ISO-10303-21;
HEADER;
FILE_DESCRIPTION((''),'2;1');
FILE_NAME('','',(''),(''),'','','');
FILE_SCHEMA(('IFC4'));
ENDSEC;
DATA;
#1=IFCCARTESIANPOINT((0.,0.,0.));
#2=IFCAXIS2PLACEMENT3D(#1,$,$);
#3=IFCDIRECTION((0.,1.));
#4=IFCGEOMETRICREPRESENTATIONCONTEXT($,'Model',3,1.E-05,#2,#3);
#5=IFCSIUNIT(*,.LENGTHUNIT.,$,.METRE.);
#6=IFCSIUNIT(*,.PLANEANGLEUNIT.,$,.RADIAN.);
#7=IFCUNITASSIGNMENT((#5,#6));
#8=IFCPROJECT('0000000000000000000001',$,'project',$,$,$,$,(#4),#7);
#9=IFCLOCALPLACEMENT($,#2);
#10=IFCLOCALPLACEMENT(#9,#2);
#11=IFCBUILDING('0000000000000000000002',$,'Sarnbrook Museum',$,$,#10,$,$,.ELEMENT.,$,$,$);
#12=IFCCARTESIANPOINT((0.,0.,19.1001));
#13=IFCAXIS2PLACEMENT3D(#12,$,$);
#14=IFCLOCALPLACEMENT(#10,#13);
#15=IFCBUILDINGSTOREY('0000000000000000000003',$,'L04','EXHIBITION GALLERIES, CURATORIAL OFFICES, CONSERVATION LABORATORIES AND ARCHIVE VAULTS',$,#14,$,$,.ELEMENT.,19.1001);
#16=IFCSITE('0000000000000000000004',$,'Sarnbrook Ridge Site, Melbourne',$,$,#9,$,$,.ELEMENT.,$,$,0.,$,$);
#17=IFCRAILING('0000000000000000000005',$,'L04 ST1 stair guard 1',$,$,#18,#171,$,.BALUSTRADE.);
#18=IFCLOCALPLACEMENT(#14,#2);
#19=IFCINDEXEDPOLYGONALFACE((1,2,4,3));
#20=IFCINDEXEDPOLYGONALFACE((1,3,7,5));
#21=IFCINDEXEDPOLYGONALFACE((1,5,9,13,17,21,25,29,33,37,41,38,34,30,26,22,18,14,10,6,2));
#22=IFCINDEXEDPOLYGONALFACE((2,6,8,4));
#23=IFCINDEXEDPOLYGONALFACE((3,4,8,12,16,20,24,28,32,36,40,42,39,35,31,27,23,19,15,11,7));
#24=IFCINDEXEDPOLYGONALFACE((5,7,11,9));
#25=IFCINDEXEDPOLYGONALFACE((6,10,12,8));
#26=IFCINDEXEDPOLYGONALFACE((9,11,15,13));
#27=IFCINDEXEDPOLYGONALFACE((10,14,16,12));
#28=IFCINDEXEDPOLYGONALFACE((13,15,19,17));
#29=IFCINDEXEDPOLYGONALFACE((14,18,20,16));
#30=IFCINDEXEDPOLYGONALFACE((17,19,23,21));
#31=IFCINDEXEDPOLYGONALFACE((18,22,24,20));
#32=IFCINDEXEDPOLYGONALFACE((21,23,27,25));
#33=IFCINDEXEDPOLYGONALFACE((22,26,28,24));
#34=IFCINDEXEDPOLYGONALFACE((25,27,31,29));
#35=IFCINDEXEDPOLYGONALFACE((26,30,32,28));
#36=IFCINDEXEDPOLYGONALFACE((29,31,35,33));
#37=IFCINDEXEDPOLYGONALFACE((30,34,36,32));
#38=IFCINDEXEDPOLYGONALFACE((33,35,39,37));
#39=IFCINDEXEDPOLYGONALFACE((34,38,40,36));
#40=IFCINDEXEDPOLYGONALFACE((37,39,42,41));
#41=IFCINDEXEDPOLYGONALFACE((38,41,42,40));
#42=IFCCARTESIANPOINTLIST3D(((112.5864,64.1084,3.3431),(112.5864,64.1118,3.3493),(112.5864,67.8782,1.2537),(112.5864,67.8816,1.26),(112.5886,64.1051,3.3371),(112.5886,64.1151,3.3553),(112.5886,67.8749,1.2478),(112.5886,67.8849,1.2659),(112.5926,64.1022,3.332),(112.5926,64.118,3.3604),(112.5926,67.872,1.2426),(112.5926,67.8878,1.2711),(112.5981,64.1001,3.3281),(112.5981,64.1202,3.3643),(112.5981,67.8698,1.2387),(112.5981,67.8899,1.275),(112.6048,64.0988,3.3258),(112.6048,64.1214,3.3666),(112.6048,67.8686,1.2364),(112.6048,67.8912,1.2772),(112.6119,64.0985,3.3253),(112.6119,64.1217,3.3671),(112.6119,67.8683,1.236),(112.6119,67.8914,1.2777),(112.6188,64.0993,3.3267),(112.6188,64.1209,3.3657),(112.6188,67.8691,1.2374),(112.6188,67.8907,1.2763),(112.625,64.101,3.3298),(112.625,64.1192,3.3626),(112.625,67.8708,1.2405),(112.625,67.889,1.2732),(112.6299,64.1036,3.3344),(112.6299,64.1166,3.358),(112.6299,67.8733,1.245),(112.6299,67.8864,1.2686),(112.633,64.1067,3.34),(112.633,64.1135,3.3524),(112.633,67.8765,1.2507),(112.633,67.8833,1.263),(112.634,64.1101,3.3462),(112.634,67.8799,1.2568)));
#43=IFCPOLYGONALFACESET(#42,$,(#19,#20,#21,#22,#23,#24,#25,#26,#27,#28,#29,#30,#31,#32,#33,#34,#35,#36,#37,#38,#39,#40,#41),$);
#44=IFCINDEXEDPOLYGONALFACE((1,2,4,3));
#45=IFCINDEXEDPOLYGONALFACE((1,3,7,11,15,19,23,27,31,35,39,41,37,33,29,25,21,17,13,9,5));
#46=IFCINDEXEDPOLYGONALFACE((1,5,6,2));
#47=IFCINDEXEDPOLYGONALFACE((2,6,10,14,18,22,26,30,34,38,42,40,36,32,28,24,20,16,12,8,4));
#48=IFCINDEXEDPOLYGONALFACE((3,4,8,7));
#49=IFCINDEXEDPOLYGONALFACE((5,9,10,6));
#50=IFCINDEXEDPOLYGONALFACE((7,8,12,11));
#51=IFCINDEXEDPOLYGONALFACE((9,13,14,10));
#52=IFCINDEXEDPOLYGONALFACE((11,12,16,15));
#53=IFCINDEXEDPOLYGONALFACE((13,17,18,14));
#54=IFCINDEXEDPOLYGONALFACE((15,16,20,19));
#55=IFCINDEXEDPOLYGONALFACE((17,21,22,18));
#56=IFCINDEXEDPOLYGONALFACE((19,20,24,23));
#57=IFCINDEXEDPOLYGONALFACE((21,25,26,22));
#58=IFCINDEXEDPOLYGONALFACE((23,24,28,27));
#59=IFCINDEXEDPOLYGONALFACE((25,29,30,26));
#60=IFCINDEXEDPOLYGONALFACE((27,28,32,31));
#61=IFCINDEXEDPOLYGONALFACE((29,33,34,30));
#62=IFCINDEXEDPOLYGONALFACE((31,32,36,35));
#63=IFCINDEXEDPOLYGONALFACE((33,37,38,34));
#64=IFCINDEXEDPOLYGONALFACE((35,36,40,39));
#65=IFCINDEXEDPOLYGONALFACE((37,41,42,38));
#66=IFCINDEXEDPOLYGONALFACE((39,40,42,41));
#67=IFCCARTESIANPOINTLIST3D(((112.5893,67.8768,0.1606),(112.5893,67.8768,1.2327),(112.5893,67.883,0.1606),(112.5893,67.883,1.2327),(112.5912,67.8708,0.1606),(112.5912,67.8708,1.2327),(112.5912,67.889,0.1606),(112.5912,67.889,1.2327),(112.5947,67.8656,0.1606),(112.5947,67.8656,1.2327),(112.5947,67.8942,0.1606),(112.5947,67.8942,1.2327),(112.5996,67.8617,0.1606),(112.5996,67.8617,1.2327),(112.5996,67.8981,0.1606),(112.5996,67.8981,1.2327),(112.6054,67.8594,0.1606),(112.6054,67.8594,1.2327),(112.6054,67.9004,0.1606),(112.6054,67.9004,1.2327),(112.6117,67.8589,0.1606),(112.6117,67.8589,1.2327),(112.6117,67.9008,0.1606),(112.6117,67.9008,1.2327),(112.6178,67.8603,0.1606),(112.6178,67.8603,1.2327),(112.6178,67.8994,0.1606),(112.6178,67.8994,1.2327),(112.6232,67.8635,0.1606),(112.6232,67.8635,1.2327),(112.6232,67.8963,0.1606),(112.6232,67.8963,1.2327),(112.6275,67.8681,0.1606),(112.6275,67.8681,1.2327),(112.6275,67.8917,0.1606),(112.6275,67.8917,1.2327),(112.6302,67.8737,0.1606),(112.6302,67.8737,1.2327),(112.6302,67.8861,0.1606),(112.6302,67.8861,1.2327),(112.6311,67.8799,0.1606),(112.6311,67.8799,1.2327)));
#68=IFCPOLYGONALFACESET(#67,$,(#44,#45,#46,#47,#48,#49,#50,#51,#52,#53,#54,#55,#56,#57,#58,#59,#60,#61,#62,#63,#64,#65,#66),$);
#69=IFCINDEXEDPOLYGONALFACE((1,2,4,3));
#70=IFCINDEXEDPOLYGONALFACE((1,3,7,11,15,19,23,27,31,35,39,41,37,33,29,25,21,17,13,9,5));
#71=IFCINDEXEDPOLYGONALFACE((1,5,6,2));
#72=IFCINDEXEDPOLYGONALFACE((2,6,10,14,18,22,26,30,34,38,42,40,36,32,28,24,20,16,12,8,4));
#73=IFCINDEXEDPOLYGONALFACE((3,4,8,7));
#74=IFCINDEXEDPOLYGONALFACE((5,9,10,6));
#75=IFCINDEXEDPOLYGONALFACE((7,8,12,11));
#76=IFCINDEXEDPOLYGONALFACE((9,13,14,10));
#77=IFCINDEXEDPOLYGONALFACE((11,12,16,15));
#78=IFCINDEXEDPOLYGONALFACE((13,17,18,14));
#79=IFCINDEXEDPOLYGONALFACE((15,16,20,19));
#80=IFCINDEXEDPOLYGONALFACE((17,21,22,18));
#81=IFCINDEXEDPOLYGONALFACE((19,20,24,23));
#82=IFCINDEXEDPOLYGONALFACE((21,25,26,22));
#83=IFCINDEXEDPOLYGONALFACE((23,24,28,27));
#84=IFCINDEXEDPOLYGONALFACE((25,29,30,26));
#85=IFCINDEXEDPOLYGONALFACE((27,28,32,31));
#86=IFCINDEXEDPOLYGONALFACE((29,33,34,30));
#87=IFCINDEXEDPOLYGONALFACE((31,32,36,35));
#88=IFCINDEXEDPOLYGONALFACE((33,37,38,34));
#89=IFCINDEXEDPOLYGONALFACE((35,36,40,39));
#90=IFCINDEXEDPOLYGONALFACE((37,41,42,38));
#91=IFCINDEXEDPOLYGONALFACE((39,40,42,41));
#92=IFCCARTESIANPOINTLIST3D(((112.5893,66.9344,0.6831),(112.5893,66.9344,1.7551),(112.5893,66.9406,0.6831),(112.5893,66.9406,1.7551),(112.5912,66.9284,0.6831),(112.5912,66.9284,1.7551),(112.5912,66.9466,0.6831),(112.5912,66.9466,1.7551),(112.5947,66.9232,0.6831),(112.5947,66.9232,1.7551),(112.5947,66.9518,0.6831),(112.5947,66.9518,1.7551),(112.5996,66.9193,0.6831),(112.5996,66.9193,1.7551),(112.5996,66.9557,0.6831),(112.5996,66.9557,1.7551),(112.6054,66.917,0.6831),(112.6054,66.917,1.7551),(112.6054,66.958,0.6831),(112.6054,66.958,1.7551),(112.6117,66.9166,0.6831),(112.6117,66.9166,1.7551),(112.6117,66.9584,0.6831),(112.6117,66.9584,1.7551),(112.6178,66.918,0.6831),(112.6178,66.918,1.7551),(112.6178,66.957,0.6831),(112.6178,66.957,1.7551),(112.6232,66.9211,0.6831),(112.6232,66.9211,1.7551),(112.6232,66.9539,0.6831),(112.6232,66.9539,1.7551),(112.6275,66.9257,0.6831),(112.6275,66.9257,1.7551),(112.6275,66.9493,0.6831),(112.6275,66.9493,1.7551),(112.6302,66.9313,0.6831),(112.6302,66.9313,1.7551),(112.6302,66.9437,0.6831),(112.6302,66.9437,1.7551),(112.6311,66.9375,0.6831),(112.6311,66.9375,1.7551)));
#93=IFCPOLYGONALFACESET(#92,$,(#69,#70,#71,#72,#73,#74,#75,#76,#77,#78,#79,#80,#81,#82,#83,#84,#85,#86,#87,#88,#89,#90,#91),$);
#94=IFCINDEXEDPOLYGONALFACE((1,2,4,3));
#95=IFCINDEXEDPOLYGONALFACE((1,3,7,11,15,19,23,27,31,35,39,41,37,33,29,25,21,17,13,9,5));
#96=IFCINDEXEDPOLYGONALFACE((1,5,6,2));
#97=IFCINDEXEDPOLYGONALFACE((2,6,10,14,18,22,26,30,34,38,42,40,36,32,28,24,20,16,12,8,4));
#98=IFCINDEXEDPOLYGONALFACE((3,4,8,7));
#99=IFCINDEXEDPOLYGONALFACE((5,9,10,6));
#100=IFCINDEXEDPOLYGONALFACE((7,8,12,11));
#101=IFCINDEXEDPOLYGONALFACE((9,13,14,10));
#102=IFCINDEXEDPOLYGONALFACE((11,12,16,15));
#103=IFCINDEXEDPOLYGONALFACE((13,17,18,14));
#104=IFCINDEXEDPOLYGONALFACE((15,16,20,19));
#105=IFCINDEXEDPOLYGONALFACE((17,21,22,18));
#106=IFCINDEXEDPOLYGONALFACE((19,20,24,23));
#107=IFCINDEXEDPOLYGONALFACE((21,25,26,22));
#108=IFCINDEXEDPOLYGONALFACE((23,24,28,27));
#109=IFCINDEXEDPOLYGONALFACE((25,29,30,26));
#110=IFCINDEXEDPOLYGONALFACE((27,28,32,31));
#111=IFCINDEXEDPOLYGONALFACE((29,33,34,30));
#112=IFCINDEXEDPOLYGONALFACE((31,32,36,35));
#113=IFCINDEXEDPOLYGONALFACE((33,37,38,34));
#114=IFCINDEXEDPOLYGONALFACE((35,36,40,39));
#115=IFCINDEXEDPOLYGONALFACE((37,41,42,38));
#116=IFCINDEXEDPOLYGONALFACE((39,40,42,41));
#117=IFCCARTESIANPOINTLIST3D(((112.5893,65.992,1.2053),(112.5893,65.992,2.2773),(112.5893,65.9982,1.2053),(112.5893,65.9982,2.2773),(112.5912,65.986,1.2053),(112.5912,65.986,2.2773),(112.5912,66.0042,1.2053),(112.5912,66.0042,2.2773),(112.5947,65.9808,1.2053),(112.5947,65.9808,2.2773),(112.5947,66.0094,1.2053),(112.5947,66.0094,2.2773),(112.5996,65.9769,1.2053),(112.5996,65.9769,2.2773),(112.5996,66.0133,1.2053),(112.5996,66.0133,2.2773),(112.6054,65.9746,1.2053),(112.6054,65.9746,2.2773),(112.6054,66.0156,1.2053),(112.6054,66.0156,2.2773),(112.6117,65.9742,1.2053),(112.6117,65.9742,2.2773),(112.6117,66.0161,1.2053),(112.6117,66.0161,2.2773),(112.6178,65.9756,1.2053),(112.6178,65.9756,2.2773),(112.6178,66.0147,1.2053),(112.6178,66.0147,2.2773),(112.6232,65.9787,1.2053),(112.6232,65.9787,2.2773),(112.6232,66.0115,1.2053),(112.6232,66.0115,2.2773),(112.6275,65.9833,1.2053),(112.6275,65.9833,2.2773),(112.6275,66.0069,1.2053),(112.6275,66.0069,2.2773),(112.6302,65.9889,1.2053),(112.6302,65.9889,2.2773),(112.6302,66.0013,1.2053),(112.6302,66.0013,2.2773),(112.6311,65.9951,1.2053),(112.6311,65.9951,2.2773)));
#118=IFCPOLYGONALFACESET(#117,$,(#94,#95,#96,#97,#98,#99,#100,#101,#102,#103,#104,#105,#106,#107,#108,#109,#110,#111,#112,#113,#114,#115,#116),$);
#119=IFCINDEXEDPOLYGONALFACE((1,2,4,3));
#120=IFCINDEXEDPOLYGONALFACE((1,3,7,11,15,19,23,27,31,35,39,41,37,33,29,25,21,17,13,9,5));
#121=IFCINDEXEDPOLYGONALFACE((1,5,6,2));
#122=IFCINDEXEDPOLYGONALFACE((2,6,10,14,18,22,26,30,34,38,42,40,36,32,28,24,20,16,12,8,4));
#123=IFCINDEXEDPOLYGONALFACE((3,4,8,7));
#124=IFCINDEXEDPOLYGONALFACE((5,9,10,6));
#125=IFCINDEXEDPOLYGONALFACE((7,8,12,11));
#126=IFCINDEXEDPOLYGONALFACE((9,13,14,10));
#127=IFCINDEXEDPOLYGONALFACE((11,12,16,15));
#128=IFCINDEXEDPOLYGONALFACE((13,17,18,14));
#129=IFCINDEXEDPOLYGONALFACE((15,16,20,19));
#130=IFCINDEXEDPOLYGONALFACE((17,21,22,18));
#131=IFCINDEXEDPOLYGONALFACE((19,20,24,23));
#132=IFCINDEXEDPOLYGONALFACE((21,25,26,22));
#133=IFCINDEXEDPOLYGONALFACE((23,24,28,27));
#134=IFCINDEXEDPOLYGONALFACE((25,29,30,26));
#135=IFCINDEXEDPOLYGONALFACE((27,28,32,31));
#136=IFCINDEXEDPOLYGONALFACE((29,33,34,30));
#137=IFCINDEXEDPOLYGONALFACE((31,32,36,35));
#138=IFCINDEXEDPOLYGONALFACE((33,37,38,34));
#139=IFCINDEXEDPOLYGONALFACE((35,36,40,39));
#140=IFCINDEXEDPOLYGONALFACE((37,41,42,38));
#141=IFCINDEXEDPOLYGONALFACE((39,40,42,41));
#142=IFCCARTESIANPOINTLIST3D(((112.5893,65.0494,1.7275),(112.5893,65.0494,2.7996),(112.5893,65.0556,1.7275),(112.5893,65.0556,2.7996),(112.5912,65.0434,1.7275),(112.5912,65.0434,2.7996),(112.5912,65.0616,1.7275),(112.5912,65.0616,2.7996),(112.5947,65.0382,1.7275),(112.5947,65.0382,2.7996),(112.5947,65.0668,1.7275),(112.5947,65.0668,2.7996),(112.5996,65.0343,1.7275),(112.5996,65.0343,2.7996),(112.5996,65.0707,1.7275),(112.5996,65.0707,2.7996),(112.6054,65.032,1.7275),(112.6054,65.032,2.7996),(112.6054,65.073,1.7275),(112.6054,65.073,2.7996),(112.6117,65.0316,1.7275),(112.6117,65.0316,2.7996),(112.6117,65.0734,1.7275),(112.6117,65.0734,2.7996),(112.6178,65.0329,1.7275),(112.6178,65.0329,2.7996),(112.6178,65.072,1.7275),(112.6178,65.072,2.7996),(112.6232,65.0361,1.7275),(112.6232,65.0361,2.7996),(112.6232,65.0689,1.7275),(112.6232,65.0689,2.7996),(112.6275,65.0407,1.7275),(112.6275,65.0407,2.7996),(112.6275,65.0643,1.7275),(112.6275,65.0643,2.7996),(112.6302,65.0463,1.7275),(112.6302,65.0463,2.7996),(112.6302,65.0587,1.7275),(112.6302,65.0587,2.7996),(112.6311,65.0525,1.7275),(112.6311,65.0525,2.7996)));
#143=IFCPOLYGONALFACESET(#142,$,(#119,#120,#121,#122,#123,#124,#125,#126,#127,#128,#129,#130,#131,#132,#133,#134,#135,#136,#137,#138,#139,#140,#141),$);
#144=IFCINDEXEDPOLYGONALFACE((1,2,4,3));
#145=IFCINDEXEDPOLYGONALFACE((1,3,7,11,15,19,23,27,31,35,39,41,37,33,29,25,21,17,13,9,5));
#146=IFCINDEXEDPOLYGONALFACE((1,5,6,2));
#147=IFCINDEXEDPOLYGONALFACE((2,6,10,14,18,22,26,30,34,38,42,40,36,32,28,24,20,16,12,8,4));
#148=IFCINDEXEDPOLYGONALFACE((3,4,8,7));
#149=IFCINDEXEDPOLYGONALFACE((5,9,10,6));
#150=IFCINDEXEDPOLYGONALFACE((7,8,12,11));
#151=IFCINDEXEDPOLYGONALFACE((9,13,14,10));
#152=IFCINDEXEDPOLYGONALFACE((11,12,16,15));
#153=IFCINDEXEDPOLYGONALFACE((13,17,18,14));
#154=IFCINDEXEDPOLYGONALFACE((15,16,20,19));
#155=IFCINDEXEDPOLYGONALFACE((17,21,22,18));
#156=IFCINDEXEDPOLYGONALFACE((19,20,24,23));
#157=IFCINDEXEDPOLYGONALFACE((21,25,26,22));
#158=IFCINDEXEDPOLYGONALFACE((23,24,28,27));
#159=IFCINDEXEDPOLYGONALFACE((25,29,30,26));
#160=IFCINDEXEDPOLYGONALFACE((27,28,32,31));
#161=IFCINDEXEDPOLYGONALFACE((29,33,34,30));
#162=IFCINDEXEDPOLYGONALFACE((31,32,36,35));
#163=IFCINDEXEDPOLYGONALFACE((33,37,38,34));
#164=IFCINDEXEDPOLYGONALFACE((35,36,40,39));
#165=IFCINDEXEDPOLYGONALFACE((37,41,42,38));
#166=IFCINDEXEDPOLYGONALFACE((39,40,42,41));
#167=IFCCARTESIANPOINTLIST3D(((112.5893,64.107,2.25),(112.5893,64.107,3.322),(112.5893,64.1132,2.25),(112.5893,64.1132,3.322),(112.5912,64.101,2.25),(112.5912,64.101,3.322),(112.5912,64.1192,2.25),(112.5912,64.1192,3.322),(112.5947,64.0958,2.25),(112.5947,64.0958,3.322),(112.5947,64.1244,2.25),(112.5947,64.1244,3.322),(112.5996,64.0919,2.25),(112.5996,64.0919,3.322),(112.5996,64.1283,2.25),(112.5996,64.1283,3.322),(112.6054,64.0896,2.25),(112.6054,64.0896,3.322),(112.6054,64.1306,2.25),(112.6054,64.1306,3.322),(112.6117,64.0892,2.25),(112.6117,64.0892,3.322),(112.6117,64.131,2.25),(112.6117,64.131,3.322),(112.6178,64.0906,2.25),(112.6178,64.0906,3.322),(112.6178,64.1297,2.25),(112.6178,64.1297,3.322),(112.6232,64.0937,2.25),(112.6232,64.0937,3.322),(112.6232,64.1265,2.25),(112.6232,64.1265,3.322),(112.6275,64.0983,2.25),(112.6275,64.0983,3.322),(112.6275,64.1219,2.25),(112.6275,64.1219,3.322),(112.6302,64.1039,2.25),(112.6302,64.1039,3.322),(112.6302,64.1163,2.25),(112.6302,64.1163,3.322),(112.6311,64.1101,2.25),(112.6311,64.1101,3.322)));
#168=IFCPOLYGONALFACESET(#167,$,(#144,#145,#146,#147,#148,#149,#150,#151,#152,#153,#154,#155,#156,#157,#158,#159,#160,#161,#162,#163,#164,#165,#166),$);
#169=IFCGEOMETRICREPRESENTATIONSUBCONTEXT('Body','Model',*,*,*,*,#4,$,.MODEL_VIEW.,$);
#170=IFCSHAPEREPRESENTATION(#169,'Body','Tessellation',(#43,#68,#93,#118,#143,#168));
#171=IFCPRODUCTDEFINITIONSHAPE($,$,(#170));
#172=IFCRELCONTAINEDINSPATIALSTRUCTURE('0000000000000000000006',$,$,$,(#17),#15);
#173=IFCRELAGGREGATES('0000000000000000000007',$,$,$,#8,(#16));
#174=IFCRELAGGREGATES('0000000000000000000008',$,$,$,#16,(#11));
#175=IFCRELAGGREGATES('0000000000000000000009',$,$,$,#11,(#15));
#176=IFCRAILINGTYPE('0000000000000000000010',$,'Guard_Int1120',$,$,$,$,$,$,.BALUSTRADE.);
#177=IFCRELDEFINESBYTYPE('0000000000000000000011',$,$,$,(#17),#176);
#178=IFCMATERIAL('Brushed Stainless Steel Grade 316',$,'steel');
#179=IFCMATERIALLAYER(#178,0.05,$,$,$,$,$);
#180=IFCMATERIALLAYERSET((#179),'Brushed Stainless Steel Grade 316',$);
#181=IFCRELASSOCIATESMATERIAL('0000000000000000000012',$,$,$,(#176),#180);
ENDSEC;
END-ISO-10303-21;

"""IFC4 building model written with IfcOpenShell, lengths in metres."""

from ifc_helpers import new_model, si_unit, direction, frame, origin, origin_2d, place, context, subcontext, project, spatial, circle, extrude, material, layer, layer_set, type_object, element, save


model = new_model("IFC4")

# Units and contexts
model_context = context("Model", 3, precision=1e-05, world=origin(), true_north=direction((0.0, 1.0)))
body_context = subcontext(model_context, "Body", "Model", "MODEL_VIEW")
ifc_project = project(units=[si_unit("LENGTHUNIT", "METRE"), si_unit("PLANEANGLEUNIT", "RADIAN")], contexts=[model_context])

# Site, building, storey
site_placement = place(None, origin())
site = spatial("IfcSite", under=ifc_project, at=site_placement, Name="Sarnbrook Ridge Site, Melbourne", CompositionType="ELEMENT", RefElevation=0.0)
building_placement = place(site_placement, origin())
building = spatial("IfcBuilding", under=site, at=building_placement, Name="Sarnbrook Museum", CompositionType="ELEMENT")
storey_placement = place(building_placement, frame((0.0, 0.0, 19.1001)))
storey = spatial("IfcBuildingStorey", under=building, at=storey_placement, Name="L04", Description="EXHIBITION GALLERIES, CURATORIAL OFFICES, CONSERVATION LABORATORIES AND ARCHIVE VAULTS", CompositionType="ELEMENT", Elevation=19.1001)

# Railing
ifc_material_1 = material(Name="Brushed Stainless Steel Grade 316", Category="steel")
ifc_layer_1 = layer(ifc_material_1, 0.05)
ifc_layer_set_1 = layer_set([ifc_layer_1], Name="Brushed Stainless Steel Grade 316")
railing_type_1 = type_object("IfcRailingType", Name="Guard_Int1120", PredefinedType="BALUSTRADE", material=ifc_layer_set_1)
railing_1_placement = place(storey_placement, frame((112.6101, 67.8799, 0.1606)))
element("IfcRailing", 1, at=railing_1_placement, inside=storey, type_object=railing_type_1, Name="L04 ST1 stair guard 1", PredefinedType="BALUSTRADE", context=body_context, shape_type="SweptSolid", body=[
    extrude(circle(Radius=0.0239, at=origin_2d()), frame((0.0, 0.0, 1.0962), z_axis=(0.0, -0.874646, 0.484763), x_axis=(1.0, 0.0, 0.0)), (0.0, 0.0, 1.0), 4.3101),
    extrude(circle(Radius=0.021, at=origin_2d()), origin(), (0.0, 0.0, 1.0), 1.072),
    extrude(circle(Radius=0.021, at=origin_2d()), frame((0.0, -0.9424, 0.5225)), (0.0, 0.0, 1.0), 1.072),
    extrude(circle(Radius=0.021, at=origin_2d()), frame((0.0, -1.8848, 1.0447)), (0.0, 0.0, 1.0), 1.072),
    extrude(circle(Radius=0.021, at=origin_2d()), frame((0.0, -2.8274, 1.5669)), (0.0, 0.0, 1.0), 1.072),
    extrude(circle(Radius=0.021, at=origin_2d()), frame((0.0, -3.7698, 2.0894)), (0.0, 0.0, 1.0), 1.072),
])

save(model, "model.ifc")
